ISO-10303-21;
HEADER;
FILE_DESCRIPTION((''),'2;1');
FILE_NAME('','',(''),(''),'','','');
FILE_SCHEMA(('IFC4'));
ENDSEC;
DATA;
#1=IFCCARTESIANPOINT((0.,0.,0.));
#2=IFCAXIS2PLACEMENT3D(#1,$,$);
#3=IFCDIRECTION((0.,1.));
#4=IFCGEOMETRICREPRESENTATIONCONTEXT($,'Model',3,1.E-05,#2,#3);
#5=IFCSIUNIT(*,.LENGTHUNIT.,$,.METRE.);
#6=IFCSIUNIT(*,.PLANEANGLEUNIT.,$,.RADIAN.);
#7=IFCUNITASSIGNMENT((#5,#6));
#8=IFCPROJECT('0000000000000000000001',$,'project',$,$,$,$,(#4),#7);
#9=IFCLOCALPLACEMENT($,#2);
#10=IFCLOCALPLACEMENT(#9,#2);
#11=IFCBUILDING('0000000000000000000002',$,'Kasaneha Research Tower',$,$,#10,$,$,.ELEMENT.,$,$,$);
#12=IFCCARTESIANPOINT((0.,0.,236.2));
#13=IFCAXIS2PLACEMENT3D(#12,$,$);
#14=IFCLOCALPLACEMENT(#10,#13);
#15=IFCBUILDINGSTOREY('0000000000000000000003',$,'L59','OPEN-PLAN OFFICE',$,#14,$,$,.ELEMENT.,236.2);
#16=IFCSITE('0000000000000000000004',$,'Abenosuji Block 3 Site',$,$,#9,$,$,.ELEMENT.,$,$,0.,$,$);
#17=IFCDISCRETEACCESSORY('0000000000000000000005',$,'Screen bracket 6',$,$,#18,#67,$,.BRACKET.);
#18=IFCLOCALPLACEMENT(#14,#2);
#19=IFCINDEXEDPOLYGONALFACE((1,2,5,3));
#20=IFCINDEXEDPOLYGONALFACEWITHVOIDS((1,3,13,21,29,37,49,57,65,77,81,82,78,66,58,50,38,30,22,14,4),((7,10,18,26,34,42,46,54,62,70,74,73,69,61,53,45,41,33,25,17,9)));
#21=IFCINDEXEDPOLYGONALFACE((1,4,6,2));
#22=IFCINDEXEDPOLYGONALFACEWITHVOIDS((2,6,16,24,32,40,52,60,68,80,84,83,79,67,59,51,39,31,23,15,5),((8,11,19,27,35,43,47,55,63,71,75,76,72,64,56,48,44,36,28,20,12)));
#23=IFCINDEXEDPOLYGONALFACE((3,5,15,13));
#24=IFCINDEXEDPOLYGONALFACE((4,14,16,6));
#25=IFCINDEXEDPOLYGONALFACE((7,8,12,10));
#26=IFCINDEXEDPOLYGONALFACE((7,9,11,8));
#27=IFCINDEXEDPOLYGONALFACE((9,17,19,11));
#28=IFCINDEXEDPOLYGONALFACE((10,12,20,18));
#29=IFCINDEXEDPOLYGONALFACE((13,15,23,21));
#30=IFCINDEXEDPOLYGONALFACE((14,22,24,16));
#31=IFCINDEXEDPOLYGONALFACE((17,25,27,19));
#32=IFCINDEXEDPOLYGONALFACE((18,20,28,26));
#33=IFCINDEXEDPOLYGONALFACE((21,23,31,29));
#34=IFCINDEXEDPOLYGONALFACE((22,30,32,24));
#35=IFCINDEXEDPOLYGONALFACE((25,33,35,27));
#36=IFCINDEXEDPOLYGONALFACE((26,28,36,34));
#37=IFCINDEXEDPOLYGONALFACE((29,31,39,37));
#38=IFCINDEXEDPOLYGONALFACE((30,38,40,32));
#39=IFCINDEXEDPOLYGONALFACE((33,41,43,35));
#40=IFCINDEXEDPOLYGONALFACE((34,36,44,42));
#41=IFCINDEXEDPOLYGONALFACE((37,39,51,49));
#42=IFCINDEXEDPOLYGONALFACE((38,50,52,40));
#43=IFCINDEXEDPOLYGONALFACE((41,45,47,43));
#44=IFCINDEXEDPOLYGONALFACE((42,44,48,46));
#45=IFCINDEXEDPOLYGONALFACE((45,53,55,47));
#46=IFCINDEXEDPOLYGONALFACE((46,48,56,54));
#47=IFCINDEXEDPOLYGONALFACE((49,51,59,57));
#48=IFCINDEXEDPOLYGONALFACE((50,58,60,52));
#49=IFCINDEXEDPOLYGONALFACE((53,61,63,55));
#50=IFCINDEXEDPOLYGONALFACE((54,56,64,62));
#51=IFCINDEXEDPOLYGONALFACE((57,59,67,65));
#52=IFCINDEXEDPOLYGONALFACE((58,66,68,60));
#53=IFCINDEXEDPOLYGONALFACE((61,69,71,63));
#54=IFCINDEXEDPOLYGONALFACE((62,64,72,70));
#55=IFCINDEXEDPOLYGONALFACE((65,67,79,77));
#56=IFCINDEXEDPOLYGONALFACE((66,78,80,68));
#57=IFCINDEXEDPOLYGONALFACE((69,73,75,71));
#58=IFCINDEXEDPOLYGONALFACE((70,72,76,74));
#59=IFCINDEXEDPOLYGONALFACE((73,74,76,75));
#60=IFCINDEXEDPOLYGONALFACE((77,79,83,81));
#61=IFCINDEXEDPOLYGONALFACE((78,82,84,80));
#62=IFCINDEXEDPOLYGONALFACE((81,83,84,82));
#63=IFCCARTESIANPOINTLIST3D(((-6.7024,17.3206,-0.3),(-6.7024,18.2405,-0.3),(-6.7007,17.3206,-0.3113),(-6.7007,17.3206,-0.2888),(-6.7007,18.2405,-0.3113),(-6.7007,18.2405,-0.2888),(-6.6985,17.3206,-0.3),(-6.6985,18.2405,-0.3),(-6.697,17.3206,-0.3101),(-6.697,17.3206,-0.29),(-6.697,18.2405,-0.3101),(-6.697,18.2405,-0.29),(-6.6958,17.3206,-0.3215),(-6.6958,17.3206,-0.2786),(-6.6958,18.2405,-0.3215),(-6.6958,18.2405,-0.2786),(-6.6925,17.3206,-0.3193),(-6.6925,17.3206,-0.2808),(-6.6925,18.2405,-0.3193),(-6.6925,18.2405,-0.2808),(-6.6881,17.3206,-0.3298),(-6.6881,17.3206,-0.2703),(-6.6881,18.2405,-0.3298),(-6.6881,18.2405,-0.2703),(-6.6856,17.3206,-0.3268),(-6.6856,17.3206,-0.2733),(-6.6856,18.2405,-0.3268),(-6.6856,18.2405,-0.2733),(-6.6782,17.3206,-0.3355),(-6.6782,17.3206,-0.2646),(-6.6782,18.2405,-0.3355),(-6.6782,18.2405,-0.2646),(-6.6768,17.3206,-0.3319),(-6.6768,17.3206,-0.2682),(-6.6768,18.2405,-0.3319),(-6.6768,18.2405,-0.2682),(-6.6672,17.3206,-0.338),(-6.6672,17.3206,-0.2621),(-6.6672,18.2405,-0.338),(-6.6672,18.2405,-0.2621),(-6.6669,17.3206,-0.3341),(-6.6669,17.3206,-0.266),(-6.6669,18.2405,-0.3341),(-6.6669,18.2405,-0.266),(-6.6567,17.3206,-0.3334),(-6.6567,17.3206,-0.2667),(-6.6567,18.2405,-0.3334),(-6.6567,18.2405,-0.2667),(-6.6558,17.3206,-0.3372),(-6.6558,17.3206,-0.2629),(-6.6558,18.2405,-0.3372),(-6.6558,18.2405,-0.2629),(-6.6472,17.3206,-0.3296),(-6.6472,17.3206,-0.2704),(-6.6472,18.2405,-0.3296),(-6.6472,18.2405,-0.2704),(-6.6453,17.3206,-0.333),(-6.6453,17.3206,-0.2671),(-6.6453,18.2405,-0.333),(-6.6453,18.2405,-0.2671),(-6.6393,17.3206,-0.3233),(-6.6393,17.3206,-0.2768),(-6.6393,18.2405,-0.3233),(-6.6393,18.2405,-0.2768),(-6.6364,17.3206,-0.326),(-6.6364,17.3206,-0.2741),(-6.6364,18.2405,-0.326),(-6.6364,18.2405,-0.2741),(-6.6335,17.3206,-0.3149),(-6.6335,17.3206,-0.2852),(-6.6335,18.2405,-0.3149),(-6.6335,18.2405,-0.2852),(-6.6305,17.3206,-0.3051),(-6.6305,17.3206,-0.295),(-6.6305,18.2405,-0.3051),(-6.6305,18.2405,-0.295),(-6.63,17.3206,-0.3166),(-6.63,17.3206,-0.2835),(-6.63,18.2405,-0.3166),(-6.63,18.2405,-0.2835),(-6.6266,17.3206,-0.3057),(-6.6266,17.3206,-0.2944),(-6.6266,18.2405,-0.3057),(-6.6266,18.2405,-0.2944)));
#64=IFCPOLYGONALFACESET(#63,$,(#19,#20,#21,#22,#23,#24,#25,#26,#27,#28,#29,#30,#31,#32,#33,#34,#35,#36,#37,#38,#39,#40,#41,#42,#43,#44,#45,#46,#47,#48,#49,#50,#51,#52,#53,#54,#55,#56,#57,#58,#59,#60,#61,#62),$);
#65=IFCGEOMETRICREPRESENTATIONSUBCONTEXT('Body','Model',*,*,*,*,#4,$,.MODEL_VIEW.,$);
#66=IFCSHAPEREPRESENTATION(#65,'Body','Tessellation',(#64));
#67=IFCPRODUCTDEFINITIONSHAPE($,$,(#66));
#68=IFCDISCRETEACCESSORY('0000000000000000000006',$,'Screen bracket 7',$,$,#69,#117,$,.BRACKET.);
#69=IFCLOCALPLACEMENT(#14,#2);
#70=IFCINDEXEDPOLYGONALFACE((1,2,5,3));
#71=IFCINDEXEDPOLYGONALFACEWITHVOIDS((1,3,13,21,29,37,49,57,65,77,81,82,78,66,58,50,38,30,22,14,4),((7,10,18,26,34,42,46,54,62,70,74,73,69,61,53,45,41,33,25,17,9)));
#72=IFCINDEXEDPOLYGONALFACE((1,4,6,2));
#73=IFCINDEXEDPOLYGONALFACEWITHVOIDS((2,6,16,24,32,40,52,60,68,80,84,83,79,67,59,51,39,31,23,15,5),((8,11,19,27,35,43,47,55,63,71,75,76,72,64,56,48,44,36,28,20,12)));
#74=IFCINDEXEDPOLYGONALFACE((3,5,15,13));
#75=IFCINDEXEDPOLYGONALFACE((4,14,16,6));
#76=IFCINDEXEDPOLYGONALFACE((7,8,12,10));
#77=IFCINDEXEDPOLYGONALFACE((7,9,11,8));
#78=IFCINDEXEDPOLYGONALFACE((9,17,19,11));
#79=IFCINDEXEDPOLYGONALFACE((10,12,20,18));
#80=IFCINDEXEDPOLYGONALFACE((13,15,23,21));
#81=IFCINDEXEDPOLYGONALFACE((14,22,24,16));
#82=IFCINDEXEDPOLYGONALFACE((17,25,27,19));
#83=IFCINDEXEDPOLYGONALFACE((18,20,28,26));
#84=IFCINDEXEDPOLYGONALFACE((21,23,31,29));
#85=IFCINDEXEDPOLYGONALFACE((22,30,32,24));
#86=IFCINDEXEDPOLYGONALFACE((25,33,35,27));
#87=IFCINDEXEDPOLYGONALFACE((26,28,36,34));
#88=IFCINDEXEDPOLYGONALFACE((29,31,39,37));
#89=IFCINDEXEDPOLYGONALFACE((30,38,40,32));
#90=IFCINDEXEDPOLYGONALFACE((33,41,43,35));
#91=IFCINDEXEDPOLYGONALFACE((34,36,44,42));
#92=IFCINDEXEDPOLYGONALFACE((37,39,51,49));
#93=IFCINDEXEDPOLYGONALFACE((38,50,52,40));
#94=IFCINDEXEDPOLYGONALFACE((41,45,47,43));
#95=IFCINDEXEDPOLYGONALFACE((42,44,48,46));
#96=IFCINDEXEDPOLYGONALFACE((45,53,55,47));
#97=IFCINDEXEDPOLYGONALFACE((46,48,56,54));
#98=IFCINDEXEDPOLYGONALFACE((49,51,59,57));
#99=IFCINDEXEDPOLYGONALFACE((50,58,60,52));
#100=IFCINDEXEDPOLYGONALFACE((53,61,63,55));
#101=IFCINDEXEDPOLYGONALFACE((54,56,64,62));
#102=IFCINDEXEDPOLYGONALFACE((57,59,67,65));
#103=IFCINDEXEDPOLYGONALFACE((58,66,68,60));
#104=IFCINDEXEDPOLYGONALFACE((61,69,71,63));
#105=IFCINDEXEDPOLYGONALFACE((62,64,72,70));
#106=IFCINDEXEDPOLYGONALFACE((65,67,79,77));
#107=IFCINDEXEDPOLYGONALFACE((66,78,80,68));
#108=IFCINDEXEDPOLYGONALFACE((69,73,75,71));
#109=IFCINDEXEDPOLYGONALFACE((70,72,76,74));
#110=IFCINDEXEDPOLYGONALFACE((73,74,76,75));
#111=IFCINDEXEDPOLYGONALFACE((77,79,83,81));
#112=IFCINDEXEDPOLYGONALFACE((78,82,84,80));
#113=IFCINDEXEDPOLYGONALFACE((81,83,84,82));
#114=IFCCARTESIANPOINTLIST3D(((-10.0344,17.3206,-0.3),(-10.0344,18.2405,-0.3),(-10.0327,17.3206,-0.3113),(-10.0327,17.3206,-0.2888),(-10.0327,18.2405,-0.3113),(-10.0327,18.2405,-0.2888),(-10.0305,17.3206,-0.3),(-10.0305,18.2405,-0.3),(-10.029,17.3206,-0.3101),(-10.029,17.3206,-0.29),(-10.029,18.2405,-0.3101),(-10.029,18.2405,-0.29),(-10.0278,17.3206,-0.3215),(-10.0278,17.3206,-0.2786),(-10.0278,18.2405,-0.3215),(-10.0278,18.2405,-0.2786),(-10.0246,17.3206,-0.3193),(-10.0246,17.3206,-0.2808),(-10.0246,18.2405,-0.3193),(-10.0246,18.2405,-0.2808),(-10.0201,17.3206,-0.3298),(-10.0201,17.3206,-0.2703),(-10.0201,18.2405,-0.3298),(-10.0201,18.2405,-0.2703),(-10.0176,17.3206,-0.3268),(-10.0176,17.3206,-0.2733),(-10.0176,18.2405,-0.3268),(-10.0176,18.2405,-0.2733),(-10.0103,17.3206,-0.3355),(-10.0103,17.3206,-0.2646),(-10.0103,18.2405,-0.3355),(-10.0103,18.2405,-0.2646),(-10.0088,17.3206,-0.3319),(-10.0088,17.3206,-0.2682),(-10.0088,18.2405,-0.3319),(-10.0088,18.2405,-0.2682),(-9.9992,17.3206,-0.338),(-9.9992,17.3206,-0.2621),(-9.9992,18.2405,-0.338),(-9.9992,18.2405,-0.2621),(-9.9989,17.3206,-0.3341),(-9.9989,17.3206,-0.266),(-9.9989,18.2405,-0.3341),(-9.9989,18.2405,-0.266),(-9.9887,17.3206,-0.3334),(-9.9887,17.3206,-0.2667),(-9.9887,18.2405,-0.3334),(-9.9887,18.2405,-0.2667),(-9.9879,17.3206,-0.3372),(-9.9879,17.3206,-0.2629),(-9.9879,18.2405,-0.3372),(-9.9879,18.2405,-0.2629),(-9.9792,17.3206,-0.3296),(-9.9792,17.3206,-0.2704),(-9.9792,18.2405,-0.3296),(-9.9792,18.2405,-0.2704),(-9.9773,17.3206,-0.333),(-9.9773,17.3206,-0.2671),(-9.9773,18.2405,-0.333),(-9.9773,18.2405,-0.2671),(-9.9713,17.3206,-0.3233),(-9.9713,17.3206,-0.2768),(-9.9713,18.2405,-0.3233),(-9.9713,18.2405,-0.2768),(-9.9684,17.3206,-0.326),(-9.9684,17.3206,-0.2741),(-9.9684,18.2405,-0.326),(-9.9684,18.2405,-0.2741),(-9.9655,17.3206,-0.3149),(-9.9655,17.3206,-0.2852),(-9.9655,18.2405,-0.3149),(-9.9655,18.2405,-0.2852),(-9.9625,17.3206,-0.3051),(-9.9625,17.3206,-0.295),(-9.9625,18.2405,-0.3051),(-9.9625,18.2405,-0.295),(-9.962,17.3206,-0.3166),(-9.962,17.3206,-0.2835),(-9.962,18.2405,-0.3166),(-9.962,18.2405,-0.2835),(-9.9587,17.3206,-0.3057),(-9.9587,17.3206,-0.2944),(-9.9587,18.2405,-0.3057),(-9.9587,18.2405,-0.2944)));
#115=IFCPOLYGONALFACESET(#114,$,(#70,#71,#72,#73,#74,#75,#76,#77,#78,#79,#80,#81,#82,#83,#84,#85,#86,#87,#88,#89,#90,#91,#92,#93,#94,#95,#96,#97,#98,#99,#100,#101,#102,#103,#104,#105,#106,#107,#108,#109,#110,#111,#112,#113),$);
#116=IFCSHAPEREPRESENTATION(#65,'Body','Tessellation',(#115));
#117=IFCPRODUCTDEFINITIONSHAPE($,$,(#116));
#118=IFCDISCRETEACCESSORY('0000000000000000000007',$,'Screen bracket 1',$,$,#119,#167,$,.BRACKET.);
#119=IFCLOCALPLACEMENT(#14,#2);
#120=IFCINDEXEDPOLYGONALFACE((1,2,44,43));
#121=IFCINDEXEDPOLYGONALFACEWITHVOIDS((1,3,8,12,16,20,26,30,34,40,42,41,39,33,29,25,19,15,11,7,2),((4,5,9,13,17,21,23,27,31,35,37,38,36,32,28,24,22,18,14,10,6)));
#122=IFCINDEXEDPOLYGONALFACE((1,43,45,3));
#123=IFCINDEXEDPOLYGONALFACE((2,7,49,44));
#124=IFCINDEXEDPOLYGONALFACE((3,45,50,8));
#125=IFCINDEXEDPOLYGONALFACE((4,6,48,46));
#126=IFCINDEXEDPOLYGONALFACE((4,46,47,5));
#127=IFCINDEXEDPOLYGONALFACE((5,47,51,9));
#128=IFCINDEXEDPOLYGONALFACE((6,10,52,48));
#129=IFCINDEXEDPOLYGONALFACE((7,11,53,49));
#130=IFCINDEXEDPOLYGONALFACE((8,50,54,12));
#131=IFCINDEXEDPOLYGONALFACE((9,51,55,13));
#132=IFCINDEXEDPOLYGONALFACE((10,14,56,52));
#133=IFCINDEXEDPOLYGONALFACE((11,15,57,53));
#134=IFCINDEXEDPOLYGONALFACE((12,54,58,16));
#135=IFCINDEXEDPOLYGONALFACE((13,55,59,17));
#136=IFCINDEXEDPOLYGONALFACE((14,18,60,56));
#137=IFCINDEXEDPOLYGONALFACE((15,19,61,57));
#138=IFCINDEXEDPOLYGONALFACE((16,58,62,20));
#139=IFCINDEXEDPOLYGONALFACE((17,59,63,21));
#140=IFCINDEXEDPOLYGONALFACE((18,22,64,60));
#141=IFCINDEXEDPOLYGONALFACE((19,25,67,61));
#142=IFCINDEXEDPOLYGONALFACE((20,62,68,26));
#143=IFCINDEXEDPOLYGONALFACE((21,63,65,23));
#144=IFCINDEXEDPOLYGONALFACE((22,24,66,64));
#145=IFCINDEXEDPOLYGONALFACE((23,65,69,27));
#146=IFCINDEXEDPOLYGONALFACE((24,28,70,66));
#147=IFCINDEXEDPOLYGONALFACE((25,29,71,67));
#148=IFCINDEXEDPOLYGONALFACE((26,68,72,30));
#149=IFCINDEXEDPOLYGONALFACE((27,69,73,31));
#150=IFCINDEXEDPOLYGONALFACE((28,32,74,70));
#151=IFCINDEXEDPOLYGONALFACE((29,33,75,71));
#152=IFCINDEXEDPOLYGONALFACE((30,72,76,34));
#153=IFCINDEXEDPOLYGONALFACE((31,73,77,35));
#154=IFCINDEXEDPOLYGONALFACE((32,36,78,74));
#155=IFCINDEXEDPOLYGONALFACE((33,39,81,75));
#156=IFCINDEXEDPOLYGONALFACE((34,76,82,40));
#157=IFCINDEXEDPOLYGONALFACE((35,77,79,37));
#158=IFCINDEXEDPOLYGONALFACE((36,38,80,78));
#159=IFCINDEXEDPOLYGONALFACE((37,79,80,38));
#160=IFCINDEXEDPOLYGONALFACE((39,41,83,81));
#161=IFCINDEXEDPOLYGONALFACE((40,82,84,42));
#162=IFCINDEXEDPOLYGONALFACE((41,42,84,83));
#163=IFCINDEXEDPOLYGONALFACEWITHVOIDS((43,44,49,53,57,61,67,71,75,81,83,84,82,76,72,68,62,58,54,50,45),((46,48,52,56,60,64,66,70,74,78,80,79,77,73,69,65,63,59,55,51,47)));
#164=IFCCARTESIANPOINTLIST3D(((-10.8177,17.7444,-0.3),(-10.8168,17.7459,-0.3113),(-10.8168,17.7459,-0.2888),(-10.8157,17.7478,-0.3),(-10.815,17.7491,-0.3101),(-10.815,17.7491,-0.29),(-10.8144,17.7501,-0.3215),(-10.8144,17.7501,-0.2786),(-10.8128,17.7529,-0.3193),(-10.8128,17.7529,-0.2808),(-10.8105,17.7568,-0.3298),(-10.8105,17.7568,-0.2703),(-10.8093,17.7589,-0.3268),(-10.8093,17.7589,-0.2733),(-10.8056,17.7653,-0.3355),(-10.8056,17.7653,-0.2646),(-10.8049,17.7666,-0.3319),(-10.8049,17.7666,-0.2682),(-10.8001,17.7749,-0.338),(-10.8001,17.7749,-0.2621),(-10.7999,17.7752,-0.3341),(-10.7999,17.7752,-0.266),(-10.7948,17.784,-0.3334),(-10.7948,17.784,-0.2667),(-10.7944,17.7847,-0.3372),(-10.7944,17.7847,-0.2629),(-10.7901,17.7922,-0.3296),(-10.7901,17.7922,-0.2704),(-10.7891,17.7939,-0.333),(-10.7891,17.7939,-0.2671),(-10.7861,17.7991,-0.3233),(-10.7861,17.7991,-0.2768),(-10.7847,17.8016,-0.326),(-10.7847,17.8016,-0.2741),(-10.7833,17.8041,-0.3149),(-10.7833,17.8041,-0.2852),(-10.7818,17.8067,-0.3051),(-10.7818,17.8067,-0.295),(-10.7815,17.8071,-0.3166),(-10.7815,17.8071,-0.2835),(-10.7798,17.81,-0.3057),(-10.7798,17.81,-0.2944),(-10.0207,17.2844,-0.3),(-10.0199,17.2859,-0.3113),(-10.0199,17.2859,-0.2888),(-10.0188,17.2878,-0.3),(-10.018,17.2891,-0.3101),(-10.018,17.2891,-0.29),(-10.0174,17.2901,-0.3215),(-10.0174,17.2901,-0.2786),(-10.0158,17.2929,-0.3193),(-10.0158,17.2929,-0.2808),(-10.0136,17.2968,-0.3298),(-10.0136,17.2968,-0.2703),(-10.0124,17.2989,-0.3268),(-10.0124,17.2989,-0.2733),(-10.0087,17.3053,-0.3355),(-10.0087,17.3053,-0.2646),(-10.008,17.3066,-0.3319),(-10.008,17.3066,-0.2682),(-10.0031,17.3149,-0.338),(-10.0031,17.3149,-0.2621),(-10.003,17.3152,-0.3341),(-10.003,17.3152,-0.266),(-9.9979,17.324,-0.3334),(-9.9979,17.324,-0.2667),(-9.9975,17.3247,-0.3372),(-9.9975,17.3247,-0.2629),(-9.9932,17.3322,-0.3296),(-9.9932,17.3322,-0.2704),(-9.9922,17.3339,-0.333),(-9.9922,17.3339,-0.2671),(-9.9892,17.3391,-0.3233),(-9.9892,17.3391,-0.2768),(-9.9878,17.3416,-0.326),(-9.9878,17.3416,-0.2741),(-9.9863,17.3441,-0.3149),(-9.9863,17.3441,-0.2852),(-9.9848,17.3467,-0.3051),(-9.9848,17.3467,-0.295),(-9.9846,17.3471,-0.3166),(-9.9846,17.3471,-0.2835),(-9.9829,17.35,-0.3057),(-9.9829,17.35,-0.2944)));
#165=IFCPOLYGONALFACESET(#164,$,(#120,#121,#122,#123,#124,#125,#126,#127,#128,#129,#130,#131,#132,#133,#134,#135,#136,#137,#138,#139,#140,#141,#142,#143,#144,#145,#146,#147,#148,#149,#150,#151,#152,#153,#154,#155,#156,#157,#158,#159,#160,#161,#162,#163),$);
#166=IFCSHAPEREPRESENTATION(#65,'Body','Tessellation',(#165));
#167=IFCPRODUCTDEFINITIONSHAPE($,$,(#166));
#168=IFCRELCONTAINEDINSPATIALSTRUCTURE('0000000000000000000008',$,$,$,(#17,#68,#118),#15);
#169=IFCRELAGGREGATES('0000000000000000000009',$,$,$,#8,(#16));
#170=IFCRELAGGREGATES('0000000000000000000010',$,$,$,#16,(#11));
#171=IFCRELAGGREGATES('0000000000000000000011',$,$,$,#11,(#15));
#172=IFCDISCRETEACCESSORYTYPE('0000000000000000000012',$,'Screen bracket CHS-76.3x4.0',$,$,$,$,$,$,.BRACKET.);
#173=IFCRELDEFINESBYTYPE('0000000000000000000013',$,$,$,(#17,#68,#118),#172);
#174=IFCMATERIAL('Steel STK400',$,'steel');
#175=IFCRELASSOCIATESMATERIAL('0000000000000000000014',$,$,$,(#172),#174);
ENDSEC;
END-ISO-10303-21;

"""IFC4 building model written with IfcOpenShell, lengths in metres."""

from ifc_helpers import new_model, si_unit, direction, frame, origin, origin_2d, place, context, subcontext, project, spatial, hollow_circle, extrude, material, material_profile, profile_set, type_object, element, save


model = new_model("IFC4")

# Units and contexts
model_context = context("Model", 3, precision=1e-05, world=origin(), true_north=direction((0.0, 1.0)))
body_context = subcontext(model_context, "Body", "Model", "MODEL_VIEW")
ifc_project = project(units=[si_unit("LENGTHUNIT", "METRE"), si_unit("PLANEANGLEUNIT", "RADIAN")], contexts=[model_context])

# Site, building, storey
site_placement = place(None, origin())
site = spatial("IfcSite", under=ifc_project, at=site_placement, Name="Abenosuji Block 3 Site", CompositionType="ELEMENT", RefElevation=0.0)
building_placement = place(site_placement, origin())
building = spatial("IfcBuilding", under=site, at=building_placement, Name="Kasaneha Research Tower", CompositionType="ELEMENT")
storey_placement = place(building_placement, frame((0.0, 0.0, 236.2)))
storey = spatial("IfcBuildingStorey", under=building, at=storey_placement, Name="L59", Description="OPEN-PLAN OFFICE", CompositionType="ELEMENT", Elevation=236.2)

# Discrete accessories
ifc_material_1 = material(Name="Steel STK400", Category="steel")
ifc_material_profile_1 = material_profile(ifc_material_1, hollow_circle(Radius=0.0381, WallThickness=0.0039, at=origin_2d()), Name="CHS-76.3x4.0")
ifc_profile_set_1 = profile_set([ifc_material_profile_1], Name="Steel STK400")
discrete_accessory_type = type_object("IfcDiscreteAccessoryType", Name="Screen bracket CHS-76.3x4.0", PredefinedType="BRACKET", material=ifc_profile_set_1)
for number, where, z_axis, x_axis, name in (
    (1, (-6.6643, 17.3206, -0.3), (0.0, 1.0, 0.0), (-1.0, 0.0, 0.0), "Screen bracket 6"),
    (2, (-9.9963, 17.3206, -0.3), (0.0, 1.0, 0.0), (-1.0, 0.0, 0.0), "Screen bracket 7"),
):
    element("IfcDiscreteAccessory", number, at=place(storey_placement, frame(where, z_axis=z_axis, x_axis=x_axis)), inside=storey, type_object=discrete_accessory_type, Name=name, PredefinedType="BRACKET", context=body_context, shape_type="SweptSolid", body=[
        extrude(hollow_circle(Radius=0.0381, WallThickness=0.0039, at=origin_2d()), origin(), (0.0, 0.0, 1.0), 0.9199),
    ])
discrete_accessory_placement = place(storey_placement, frame((-10.0017, 17.3174, -0.3), z_axis=(-0.86608, 0.499906, 0.0), x_axis=(-0.499906, -0.86608, 0.0)))
element("IfcDiscreteAccessory", 3, at=discrete_accessory_placement, inside=storey, type_object=discrete_accessory_type, Name="Screen bracket 1", PredefinedType="BRACKET", context=body_context, shape_type="SweptSolid", body=[
    extrude(hollow_circle(Radius=0.0381, WallThickness=0.0039, at=origin_2d()), origin(), (0.0, 0.0, 1.0), 0.9202),
])

save(model, "model.ifc")
